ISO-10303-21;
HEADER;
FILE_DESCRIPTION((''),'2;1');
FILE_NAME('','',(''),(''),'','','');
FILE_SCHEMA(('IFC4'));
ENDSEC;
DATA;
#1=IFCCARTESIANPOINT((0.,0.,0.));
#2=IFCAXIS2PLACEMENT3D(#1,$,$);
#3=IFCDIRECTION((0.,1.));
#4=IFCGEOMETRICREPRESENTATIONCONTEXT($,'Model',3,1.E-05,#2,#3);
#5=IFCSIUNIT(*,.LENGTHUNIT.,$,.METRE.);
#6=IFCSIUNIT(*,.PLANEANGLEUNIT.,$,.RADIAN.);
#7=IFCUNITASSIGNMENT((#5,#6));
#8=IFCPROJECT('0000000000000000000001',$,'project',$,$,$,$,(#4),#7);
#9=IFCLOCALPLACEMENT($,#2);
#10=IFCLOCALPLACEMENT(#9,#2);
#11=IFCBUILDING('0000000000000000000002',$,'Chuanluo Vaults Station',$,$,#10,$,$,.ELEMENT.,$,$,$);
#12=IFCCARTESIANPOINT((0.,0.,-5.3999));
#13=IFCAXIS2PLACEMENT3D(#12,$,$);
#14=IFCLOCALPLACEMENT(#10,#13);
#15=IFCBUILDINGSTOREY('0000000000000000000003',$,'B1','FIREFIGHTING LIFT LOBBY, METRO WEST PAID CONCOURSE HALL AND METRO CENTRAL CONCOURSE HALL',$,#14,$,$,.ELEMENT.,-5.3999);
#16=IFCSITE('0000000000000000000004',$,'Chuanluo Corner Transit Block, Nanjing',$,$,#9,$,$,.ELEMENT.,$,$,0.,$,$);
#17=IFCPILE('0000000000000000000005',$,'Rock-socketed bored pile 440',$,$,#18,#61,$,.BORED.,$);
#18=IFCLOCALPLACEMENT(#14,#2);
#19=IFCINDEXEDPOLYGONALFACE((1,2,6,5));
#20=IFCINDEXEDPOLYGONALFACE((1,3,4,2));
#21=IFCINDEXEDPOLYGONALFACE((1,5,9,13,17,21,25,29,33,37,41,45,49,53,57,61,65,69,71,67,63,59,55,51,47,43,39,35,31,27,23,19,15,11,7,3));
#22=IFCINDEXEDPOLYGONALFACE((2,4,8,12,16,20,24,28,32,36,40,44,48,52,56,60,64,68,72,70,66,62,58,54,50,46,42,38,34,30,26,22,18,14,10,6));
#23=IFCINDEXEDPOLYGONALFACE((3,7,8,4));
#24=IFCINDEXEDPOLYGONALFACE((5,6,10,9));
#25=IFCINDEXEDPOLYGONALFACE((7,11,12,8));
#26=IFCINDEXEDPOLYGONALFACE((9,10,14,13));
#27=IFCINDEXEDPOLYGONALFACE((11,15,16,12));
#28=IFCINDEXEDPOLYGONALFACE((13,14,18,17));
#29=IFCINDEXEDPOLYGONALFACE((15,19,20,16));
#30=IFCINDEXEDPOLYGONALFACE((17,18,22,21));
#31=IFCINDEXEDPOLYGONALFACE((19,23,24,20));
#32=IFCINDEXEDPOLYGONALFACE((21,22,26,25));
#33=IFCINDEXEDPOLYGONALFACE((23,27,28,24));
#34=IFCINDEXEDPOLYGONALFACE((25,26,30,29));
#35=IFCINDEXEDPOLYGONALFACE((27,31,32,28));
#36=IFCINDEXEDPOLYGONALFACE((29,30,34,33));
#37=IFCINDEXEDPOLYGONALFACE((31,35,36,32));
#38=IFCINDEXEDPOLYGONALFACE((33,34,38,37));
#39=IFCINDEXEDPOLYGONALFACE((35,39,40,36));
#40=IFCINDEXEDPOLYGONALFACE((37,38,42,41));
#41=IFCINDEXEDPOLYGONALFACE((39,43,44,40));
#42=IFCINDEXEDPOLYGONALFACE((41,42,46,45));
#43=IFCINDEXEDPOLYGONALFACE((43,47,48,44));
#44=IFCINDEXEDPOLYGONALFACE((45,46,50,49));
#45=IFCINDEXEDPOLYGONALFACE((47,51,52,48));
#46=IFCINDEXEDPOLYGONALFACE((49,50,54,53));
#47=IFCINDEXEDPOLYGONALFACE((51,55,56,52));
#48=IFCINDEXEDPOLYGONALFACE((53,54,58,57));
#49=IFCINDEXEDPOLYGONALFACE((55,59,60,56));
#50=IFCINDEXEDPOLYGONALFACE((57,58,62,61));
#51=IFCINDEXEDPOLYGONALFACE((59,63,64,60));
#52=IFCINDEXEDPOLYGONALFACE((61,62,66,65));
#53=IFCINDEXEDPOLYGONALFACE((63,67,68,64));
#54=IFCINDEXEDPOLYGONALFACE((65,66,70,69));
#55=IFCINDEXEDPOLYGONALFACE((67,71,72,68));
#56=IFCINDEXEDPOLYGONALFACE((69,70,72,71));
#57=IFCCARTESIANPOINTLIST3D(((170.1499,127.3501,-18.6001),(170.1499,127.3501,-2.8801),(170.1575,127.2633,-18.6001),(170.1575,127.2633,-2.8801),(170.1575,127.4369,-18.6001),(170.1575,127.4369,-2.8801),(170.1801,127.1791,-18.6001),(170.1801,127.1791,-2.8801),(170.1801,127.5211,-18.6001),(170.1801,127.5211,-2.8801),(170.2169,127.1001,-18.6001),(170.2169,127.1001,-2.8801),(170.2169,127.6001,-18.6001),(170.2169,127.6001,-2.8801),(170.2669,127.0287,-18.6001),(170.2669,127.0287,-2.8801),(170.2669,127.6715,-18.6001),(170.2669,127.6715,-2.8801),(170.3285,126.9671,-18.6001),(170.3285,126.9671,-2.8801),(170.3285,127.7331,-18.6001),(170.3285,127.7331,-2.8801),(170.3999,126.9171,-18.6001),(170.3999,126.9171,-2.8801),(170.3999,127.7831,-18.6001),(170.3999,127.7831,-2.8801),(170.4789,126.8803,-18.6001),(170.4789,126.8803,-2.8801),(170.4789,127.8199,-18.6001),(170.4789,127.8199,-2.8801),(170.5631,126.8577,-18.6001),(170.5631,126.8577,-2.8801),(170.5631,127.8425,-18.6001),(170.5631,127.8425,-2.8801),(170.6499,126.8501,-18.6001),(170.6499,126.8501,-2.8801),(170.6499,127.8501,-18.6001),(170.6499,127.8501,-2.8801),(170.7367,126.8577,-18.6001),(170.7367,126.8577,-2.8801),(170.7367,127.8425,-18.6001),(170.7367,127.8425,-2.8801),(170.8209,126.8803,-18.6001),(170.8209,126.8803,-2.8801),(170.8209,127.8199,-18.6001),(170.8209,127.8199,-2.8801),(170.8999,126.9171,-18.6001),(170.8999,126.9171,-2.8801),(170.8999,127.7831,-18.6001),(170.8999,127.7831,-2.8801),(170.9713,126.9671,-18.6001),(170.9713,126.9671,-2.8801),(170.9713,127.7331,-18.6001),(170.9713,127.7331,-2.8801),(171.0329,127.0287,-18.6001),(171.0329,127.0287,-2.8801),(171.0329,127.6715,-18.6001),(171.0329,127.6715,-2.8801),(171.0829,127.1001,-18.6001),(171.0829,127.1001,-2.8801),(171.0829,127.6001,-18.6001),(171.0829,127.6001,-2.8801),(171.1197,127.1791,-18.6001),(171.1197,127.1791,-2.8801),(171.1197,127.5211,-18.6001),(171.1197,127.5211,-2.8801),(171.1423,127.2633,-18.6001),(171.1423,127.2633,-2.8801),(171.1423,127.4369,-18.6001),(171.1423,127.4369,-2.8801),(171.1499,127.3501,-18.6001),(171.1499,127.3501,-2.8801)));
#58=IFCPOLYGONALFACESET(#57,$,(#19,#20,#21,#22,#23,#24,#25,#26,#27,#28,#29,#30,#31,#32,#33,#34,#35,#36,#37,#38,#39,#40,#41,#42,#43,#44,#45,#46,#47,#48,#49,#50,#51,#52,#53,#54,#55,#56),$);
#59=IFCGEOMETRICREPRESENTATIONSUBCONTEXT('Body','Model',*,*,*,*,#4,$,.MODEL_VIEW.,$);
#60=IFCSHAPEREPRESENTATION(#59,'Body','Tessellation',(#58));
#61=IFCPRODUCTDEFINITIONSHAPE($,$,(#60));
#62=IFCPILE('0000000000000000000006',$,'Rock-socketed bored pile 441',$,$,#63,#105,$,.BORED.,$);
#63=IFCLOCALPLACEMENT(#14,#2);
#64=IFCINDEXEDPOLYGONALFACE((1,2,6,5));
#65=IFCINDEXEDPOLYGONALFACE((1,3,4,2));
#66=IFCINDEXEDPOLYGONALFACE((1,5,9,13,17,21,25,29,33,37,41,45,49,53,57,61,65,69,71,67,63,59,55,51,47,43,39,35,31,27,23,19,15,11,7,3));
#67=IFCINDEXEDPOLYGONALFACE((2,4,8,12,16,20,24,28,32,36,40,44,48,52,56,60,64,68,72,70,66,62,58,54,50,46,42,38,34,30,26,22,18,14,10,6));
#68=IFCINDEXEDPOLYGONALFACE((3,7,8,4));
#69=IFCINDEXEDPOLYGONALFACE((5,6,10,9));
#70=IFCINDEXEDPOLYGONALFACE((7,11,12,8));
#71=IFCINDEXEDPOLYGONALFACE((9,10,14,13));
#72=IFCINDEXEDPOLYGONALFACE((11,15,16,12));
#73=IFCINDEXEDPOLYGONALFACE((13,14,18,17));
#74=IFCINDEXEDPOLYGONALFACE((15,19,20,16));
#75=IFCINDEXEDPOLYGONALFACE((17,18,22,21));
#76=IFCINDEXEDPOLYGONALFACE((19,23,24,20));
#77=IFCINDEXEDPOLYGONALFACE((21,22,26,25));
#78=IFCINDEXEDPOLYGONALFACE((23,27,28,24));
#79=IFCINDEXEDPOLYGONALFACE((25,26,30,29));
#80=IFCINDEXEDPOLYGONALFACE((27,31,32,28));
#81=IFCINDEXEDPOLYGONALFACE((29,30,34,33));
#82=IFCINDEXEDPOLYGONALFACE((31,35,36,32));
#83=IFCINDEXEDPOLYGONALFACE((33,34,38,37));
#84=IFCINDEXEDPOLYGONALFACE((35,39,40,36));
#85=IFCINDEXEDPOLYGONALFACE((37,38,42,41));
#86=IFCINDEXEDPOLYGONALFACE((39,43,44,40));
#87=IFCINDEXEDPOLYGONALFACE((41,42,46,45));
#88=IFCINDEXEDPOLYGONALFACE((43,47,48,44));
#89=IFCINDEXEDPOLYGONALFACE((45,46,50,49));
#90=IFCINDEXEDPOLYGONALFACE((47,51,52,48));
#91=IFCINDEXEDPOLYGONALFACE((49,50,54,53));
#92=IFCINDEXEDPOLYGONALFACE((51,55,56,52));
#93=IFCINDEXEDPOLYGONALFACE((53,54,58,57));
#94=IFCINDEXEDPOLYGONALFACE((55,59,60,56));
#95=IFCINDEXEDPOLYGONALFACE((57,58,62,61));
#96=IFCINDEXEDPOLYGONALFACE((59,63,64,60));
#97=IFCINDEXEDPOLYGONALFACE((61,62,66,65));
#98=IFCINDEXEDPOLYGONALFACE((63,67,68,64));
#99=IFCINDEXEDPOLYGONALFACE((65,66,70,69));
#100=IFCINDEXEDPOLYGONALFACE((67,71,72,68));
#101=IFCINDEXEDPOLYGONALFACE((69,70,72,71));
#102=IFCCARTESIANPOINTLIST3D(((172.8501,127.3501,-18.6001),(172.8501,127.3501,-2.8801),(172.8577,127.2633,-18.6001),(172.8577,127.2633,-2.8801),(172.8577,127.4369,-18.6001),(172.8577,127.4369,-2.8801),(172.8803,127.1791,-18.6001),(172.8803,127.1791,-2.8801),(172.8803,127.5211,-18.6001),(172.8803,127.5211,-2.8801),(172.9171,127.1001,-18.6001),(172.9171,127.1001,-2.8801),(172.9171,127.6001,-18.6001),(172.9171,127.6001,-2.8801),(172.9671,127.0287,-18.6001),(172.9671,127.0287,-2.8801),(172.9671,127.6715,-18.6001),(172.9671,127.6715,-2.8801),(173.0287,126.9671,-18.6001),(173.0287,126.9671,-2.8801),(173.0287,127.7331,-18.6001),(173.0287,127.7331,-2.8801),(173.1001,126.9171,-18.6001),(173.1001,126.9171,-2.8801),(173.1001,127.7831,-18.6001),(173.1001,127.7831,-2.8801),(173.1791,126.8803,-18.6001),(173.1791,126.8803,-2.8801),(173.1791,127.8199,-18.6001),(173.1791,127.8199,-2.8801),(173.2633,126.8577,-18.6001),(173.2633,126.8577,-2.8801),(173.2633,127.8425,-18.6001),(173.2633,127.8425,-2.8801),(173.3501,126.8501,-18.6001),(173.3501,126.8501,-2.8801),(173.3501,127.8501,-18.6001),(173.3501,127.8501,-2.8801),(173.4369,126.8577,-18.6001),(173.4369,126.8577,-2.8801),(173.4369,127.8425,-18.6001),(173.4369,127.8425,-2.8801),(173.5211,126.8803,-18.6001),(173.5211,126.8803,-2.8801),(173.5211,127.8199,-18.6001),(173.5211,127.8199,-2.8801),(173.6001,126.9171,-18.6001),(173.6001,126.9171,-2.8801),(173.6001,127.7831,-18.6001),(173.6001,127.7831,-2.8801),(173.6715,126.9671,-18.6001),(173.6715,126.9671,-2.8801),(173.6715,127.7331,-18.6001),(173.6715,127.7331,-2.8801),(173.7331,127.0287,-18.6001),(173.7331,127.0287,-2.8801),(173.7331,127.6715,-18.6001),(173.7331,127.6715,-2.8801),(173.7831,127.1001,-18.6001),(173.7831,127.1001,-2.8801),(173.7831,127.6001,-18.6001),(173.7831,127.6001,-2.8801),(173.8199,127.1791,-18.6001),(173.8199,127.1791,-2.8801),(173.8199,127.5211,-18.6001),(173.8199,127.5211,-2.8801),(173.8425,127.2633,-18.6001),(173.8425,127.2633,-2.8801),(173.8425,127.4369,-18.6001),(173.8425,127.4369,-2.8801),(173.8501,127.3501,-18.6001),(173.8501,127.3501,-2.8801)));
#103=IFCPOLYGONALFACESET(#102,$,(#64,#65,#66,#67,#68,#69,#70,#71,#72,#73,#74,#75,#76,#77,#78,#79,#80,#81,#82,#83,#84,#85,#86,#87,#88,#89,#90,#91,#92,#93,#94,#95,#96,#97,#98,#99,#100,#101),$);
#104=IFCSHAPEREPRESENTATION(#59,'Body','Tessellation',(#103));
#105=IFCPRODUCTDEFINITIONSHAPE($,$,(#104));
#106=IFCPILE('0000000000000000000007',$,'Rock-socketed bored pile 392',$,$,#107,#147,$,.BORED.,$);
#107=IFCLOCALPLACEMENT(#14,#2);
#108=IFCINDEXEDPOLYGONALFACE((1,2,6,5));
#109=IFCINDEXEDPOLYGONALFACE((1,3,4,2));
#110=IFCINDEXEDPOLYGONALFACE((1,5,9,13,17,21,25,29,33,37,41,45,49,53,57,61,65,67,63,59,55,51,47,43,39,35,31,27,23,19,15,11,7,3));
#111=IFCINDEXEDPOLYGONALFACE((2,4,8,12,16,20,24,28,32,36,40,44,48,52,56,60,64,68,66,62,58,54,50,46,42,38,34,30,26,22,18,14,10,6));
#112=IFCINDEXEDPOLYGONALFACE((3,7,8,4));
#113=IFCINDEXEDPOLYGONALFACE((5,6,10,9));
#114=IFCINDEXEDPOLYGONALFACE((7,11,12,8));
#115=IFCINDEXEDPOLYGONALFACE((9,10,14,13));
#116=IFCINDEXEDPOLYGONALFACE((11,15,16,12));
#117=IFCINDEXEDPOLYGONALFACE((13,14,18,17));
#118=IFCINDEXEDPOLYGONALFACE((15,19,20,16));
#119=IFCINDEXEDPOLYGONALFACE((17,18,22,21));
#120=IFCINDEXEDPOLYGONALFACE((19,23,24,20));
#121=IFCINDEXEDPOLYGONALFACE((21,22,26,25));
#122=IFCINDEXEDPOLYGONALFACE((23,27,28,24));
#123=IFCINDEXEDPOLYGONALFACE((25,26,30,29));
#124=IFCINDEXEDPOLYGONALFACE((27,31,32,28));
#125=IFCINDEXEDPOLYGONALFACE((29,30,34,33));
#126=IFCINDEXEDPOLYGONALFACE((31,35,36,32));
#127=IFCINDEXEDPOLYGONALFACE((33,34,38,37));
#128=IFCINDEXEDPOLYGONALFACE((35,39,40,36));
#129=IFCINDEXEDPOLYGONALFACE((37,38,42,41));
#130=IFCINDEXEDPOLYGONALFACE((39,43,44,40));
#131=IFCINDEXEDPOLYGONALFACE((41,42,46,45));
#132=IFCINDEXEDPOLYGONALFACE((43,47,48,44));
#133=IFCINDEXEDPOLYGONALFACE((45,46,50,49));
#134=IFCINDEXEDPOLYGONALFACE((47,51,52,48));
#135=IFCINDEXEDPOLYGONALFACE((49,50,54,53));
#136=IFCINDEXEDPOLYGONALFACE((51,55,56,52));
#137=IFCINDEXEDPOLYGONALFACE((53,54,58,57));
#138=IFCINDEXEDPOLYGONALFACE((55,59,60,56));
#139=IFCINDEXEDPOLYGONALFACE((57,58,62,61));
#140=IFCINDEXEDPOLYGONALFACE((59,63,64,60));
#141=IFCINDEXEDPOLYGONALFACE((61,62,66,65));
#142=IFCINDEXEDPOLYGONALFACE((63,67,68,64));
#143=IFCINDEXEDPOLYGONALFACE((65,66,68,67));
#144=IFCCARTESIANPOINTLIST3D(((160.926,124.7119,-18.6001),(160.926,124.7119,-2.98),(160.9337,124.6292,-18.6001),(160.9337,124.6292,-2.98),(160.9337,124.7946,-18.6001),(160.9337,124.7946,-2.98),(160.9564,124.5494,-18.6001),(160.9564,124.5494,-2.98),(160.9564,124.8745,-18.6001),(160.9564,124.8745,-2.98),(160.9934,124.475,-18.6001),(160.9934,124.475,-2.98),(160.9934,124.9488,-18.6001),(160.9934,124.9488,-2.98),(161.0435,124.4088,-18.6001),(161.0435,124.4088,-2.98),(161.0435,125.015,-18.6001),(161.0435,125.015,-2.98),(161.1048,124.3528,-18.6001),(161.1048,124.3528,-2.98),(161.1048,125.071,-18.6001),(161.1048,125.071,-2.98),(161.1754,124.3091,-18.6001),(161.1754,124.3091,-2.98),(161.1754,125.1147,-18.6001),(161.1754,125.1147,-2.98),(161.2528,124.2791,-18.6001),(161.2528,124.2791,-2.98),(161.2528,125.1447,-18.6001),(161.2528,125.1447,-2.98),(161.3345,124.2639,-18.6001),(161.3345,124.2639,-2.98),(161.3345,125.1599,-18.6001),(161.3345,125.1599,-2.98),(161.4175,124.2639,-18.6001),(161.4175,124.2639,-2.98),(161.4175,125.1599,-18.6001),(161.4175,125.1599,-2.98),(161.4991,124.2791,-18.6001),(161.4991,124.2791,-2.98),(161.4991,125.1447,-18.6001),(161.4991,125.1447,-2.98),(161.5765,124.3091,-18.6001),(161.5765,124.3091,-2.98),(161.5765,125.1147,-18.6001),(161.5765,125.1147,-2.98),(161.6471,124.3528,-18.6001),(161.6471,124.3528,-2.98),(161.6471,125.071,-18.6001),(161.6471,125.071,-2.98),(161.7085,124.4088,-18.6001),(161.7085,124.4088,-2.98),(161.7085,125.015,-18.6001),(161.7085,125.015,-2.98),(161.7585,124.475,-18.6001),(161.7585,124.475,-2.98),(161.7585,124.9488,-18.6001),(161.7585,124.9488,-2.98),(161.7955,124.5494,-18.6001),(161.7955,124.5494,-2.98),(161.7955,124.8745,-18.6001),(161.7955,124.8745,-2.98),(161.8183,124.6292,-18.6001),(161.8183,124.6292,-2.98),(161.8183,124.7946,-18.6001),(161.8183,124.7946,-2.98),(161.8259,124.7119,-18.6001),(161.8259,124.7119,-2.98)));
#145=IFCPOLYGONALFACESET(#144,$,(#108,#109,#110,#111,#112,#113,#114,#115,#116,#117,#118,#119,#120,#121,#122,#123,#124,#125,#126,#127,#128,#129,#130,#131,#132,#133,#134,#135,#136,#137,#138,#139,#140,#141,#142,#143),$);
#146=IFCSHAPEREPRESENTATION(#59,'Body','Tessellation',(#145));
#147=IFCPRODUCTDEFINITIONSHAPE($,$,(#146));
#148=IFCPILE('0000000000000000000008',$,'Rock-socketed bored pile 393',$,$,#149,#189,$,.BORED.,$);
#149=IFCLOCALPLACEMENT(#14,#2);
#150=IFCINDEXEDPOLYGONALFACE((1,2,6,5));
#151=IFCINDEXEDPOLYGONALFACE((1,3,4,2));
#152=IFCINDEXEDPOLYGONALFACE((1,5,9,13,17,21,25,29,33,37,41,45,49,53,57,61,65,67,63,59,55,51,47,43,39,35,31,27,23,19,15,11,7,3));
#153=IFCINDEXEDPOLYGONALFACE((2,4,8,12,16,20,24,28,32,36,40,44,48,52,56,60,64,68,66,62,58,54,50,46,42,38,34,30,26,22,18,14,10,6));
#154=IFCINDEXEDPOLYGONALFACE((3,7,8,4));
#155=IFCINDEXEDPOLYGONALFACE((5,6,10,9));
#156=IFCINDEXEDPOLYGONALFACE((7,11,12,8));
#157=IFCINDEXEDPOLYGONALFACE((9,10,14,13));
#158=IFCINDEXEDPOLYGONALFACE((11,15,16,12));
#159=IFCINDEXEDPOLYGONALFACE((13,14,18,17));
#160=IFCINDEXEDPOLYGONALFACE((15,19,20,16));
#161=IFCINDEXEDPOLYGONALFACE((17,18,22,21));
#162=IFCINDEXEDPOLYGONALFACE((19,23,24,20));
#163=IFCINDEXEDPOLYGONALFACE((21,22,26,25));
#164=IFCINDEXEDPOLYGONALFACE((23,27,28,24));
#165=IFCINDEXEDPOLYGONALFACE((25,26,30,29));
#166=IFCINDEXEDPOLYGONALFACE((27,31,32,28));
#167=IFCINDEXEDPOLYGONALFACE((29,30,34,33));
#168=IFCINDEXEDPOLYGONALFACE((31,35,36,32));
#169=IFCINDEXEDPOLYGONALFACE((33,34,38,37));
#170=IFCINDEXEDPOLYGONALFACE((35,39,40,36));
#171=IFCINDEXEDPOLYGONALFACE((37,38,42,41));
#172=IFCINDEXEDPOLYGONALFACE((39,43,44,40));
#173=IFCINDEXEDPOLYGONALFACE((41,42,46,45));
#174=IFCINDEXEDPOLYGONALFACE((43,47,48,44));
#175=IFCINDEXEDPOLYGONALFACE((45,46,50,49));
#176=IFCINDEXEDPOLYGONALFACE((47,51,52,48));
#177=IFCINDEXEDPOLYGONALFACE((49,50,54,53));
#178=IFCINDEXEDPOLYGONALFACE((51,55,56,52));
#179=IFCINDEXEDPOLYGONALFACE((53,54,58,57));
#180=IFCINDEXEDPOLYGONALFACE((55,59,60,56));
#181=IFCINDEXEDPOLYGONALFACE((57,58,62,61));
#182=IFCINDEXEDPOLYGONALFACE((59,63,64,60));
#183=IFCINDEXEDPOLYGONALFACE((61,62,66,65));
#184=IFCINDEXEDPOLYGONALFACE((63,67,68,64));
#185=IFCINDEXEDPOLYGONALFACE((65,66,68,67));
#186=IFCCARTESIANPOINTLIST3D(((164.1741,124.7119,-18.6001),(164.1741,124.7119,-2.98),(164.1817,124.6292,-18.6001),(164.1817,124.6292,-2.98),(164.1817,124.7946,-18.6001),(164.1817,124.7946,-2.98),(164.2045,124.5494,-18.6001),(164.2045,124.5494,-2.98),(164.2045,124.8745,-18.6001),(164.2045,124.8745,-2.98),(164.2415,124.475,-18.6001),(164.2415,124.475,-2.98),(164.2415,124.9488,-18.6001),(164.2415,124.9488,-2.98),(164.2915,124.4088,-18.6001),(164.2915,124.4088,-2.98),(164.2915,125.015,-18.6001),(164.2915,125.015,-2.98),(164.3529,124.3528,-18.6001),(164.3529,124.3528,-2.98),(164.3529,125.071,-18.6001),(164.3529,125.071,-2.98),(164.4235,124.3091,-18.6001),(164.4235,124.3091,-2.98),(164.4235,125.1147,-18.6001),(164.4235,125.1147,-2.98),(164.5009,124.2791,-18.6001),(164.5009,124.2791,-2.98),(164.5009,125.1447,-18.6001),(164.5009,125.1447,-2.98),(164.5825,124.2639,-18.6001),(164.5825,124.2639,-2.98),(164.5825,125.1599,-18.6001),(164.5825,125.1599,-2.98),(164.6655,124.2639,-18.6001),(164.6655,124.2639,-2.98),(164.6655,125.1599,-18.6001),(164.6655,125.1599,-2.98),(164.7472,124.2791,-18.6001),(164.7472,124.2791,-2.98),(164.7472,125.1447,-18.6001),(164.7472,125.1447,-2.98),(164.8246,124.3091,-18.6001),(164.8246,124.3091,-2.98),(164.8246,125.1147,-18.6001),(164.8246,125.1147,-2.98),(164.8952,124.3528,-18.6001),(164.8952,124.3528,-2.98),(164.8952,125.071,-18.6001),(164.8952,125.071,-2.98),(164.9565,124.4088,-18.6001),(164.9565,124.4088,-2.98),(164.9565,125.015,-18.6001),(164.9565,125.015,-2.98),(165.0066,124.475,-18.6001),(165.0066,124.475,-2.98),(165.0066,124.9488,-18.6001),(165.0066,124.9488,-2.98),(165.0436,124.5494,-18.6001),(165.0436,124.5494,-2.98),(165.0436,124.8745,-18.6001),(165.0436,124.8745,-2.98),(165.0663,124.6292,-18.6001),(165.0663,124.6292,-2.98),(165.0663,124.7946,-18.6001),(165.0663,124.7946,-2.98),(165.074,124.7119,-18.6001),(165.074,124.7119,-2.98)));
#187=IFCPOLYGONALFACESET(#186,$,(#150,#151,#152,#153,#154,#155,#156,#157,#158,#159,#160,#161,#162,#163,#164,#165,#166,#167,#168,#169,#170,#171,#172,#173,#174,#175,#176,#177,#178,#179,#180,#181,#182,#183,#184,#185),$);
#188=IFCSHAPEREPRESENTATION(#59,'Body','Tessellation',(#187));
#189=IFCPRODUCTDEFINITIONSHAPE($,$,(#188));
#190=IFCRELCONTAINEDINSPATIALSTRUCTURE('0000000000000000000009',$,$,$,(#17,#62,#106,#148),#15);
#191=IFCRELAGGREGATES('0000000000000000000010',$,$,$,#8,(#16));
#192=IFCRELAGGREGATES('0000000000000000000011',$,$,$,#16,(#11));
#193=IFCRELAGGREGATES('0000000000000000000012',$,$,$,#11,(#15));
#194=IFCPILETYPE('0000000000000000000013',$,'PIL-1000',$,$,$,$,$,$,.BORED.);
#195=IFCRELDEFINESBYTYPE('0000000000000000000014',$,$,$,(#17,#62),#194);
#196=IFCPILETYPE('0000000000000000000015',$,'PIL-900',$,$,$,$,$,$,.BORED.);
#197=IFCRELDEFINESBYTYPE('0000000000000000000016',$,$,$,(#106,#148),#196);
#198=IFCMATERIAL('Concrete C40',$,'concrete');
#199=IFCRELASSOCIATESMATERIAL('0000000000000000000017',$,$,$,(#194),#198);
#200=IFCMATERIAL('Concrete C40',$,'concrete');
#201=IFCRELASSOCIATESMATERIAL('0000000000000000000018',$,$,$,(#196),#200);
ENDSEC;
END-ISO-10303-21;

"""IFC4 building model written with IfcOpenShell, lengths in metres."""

from ifc_helpers import new_model, si_unit, direction, frame, origin, origin_2d, place, context, subcontext, project, spatial, circle, extrude, material, material_profile, profile_set, type_object, element, save


model = new_model("IFC4")

# Units and contexts
model_context = context("Model", 3, precision=1e-05, world=origin(), true_north=direction((0.0, 1.0)))
body_context = subcontext(model_context, "Body", "Model", "MODEL_VIEW")
ifc_project = project(units=[si_unit("LENGTHUNIT", "METRE"), si_unit("PLANEANGLEUNIT", "RADIAN")], contexts=[model_context])

# Site, building, storey
site_placement = place(None, origin())
site = spatial("IfcSite", under=ifc_project, at=site_placement, Name="Chuanluo Corner Transit Block, Nanjing", CompositionType="ELEMENT", RefElevation=0.0)
building_placement = place(site_placement, origin())
building = spatial("IfcBuilding", under=site, at=building_placement, Name="Chuanluo Vaults Station", CompositionType="ELEMENT")
storey_placement = place(building_placement, frame((0.0, 0.0, -5.3999)))
storey = spatial("IfcBuildingStorey", under=building, at=storey_placement, Name="B1", Description="FIREFIGHTING LIFT LOBBY, METRO WEST PAID CONCOURSE HALL AND METRO CENTRAL CONCOURSE HALL", CompositionType="ELEMENT", Elevation=-5.3999)

# Piles
ifc_material_1 = material(Name="Concrete C40", Category="concrete")
ifc_material_profile_1 = material_profile(ifc_material_1, circle(Radius=0.5, at=origin_2d()))
ifc_profile_set_1 = profile_set([ifc_material_profile_1], Name="Concrete C40")
pile_type_1 = type_object("IfcPileType", Name="PIL-1000", PredefinedType="BORED", material=ifc_profile_set_1)
for number, where, z_axis, x_axis, name in (
    (1, (170.6499, 127.3501, -2.8801), (0.0, 0.0, -1.0), (1.0, 0.0, 0.0), "Rock-socketed bored pile 440"),
    (2, (173.3501, 127.3501, -2.8801), (0.0, 0.0, -1.0), (1.0, 0.0, 0.0), "Rock-socketed bored pile 441"),
):
    element("IfcPile", number, at=place(storey_placement, frame(where, z_axis=z_axis, x_axis=x_axis)), inside=storey, type_object=pile_type_1, Name=name, PredefinedType="BORED", context=body_context, shape_type="SweptSolid", body=[
        extrude(circle(Radius=0.5, at=origin_2d()), origin(), (0.0, 0.0, 1.0), 15.72),
    ])
ifc_material_2 = material(Name="Concrete C40", Category="concrete")
ifc_material_profile_2 = material_profile(ifc_material_2, circle(Radius=0.45, at=origin_2d()))
ifc_profile_set_2 = profile_set([ifc_material_profile_2], Name="Concrete C40")
pile_type_2 = type_object("IfcPileType", Name="PIL-900", PredefinedType="BORED", material=ifc_profile_set_2)
for number, where, z_axis, x_axis, name in (
    (3, (161.376, 124.7119, -2.98), (0.0, 0.0, -1.0), (1.0, 0.0, 0.0), "Rock-socketed bored pile 392"),
    (4, (164.624, 124.7119, -2.98), (0.0, 0.0, -1.0), (1.0, 0.0, 0.0), "Rock-socketed bored pile 393"),
):
    element("IfcPile", number, at=place(storey_placement, frame(where, z_axis=z_axis, x_axis=x_axis)), inside=storey, type_object=pile_type_2, Name=name, PredefinedType="BORED", context=body_context, shape_type="SweptSolid", body=[
        extrude(circle(Radius=0.45, at=origin_2d()), origin(), (0.0, 0.0, 1.0), 15.6201),
    ])

save(model, "model.ifc")
